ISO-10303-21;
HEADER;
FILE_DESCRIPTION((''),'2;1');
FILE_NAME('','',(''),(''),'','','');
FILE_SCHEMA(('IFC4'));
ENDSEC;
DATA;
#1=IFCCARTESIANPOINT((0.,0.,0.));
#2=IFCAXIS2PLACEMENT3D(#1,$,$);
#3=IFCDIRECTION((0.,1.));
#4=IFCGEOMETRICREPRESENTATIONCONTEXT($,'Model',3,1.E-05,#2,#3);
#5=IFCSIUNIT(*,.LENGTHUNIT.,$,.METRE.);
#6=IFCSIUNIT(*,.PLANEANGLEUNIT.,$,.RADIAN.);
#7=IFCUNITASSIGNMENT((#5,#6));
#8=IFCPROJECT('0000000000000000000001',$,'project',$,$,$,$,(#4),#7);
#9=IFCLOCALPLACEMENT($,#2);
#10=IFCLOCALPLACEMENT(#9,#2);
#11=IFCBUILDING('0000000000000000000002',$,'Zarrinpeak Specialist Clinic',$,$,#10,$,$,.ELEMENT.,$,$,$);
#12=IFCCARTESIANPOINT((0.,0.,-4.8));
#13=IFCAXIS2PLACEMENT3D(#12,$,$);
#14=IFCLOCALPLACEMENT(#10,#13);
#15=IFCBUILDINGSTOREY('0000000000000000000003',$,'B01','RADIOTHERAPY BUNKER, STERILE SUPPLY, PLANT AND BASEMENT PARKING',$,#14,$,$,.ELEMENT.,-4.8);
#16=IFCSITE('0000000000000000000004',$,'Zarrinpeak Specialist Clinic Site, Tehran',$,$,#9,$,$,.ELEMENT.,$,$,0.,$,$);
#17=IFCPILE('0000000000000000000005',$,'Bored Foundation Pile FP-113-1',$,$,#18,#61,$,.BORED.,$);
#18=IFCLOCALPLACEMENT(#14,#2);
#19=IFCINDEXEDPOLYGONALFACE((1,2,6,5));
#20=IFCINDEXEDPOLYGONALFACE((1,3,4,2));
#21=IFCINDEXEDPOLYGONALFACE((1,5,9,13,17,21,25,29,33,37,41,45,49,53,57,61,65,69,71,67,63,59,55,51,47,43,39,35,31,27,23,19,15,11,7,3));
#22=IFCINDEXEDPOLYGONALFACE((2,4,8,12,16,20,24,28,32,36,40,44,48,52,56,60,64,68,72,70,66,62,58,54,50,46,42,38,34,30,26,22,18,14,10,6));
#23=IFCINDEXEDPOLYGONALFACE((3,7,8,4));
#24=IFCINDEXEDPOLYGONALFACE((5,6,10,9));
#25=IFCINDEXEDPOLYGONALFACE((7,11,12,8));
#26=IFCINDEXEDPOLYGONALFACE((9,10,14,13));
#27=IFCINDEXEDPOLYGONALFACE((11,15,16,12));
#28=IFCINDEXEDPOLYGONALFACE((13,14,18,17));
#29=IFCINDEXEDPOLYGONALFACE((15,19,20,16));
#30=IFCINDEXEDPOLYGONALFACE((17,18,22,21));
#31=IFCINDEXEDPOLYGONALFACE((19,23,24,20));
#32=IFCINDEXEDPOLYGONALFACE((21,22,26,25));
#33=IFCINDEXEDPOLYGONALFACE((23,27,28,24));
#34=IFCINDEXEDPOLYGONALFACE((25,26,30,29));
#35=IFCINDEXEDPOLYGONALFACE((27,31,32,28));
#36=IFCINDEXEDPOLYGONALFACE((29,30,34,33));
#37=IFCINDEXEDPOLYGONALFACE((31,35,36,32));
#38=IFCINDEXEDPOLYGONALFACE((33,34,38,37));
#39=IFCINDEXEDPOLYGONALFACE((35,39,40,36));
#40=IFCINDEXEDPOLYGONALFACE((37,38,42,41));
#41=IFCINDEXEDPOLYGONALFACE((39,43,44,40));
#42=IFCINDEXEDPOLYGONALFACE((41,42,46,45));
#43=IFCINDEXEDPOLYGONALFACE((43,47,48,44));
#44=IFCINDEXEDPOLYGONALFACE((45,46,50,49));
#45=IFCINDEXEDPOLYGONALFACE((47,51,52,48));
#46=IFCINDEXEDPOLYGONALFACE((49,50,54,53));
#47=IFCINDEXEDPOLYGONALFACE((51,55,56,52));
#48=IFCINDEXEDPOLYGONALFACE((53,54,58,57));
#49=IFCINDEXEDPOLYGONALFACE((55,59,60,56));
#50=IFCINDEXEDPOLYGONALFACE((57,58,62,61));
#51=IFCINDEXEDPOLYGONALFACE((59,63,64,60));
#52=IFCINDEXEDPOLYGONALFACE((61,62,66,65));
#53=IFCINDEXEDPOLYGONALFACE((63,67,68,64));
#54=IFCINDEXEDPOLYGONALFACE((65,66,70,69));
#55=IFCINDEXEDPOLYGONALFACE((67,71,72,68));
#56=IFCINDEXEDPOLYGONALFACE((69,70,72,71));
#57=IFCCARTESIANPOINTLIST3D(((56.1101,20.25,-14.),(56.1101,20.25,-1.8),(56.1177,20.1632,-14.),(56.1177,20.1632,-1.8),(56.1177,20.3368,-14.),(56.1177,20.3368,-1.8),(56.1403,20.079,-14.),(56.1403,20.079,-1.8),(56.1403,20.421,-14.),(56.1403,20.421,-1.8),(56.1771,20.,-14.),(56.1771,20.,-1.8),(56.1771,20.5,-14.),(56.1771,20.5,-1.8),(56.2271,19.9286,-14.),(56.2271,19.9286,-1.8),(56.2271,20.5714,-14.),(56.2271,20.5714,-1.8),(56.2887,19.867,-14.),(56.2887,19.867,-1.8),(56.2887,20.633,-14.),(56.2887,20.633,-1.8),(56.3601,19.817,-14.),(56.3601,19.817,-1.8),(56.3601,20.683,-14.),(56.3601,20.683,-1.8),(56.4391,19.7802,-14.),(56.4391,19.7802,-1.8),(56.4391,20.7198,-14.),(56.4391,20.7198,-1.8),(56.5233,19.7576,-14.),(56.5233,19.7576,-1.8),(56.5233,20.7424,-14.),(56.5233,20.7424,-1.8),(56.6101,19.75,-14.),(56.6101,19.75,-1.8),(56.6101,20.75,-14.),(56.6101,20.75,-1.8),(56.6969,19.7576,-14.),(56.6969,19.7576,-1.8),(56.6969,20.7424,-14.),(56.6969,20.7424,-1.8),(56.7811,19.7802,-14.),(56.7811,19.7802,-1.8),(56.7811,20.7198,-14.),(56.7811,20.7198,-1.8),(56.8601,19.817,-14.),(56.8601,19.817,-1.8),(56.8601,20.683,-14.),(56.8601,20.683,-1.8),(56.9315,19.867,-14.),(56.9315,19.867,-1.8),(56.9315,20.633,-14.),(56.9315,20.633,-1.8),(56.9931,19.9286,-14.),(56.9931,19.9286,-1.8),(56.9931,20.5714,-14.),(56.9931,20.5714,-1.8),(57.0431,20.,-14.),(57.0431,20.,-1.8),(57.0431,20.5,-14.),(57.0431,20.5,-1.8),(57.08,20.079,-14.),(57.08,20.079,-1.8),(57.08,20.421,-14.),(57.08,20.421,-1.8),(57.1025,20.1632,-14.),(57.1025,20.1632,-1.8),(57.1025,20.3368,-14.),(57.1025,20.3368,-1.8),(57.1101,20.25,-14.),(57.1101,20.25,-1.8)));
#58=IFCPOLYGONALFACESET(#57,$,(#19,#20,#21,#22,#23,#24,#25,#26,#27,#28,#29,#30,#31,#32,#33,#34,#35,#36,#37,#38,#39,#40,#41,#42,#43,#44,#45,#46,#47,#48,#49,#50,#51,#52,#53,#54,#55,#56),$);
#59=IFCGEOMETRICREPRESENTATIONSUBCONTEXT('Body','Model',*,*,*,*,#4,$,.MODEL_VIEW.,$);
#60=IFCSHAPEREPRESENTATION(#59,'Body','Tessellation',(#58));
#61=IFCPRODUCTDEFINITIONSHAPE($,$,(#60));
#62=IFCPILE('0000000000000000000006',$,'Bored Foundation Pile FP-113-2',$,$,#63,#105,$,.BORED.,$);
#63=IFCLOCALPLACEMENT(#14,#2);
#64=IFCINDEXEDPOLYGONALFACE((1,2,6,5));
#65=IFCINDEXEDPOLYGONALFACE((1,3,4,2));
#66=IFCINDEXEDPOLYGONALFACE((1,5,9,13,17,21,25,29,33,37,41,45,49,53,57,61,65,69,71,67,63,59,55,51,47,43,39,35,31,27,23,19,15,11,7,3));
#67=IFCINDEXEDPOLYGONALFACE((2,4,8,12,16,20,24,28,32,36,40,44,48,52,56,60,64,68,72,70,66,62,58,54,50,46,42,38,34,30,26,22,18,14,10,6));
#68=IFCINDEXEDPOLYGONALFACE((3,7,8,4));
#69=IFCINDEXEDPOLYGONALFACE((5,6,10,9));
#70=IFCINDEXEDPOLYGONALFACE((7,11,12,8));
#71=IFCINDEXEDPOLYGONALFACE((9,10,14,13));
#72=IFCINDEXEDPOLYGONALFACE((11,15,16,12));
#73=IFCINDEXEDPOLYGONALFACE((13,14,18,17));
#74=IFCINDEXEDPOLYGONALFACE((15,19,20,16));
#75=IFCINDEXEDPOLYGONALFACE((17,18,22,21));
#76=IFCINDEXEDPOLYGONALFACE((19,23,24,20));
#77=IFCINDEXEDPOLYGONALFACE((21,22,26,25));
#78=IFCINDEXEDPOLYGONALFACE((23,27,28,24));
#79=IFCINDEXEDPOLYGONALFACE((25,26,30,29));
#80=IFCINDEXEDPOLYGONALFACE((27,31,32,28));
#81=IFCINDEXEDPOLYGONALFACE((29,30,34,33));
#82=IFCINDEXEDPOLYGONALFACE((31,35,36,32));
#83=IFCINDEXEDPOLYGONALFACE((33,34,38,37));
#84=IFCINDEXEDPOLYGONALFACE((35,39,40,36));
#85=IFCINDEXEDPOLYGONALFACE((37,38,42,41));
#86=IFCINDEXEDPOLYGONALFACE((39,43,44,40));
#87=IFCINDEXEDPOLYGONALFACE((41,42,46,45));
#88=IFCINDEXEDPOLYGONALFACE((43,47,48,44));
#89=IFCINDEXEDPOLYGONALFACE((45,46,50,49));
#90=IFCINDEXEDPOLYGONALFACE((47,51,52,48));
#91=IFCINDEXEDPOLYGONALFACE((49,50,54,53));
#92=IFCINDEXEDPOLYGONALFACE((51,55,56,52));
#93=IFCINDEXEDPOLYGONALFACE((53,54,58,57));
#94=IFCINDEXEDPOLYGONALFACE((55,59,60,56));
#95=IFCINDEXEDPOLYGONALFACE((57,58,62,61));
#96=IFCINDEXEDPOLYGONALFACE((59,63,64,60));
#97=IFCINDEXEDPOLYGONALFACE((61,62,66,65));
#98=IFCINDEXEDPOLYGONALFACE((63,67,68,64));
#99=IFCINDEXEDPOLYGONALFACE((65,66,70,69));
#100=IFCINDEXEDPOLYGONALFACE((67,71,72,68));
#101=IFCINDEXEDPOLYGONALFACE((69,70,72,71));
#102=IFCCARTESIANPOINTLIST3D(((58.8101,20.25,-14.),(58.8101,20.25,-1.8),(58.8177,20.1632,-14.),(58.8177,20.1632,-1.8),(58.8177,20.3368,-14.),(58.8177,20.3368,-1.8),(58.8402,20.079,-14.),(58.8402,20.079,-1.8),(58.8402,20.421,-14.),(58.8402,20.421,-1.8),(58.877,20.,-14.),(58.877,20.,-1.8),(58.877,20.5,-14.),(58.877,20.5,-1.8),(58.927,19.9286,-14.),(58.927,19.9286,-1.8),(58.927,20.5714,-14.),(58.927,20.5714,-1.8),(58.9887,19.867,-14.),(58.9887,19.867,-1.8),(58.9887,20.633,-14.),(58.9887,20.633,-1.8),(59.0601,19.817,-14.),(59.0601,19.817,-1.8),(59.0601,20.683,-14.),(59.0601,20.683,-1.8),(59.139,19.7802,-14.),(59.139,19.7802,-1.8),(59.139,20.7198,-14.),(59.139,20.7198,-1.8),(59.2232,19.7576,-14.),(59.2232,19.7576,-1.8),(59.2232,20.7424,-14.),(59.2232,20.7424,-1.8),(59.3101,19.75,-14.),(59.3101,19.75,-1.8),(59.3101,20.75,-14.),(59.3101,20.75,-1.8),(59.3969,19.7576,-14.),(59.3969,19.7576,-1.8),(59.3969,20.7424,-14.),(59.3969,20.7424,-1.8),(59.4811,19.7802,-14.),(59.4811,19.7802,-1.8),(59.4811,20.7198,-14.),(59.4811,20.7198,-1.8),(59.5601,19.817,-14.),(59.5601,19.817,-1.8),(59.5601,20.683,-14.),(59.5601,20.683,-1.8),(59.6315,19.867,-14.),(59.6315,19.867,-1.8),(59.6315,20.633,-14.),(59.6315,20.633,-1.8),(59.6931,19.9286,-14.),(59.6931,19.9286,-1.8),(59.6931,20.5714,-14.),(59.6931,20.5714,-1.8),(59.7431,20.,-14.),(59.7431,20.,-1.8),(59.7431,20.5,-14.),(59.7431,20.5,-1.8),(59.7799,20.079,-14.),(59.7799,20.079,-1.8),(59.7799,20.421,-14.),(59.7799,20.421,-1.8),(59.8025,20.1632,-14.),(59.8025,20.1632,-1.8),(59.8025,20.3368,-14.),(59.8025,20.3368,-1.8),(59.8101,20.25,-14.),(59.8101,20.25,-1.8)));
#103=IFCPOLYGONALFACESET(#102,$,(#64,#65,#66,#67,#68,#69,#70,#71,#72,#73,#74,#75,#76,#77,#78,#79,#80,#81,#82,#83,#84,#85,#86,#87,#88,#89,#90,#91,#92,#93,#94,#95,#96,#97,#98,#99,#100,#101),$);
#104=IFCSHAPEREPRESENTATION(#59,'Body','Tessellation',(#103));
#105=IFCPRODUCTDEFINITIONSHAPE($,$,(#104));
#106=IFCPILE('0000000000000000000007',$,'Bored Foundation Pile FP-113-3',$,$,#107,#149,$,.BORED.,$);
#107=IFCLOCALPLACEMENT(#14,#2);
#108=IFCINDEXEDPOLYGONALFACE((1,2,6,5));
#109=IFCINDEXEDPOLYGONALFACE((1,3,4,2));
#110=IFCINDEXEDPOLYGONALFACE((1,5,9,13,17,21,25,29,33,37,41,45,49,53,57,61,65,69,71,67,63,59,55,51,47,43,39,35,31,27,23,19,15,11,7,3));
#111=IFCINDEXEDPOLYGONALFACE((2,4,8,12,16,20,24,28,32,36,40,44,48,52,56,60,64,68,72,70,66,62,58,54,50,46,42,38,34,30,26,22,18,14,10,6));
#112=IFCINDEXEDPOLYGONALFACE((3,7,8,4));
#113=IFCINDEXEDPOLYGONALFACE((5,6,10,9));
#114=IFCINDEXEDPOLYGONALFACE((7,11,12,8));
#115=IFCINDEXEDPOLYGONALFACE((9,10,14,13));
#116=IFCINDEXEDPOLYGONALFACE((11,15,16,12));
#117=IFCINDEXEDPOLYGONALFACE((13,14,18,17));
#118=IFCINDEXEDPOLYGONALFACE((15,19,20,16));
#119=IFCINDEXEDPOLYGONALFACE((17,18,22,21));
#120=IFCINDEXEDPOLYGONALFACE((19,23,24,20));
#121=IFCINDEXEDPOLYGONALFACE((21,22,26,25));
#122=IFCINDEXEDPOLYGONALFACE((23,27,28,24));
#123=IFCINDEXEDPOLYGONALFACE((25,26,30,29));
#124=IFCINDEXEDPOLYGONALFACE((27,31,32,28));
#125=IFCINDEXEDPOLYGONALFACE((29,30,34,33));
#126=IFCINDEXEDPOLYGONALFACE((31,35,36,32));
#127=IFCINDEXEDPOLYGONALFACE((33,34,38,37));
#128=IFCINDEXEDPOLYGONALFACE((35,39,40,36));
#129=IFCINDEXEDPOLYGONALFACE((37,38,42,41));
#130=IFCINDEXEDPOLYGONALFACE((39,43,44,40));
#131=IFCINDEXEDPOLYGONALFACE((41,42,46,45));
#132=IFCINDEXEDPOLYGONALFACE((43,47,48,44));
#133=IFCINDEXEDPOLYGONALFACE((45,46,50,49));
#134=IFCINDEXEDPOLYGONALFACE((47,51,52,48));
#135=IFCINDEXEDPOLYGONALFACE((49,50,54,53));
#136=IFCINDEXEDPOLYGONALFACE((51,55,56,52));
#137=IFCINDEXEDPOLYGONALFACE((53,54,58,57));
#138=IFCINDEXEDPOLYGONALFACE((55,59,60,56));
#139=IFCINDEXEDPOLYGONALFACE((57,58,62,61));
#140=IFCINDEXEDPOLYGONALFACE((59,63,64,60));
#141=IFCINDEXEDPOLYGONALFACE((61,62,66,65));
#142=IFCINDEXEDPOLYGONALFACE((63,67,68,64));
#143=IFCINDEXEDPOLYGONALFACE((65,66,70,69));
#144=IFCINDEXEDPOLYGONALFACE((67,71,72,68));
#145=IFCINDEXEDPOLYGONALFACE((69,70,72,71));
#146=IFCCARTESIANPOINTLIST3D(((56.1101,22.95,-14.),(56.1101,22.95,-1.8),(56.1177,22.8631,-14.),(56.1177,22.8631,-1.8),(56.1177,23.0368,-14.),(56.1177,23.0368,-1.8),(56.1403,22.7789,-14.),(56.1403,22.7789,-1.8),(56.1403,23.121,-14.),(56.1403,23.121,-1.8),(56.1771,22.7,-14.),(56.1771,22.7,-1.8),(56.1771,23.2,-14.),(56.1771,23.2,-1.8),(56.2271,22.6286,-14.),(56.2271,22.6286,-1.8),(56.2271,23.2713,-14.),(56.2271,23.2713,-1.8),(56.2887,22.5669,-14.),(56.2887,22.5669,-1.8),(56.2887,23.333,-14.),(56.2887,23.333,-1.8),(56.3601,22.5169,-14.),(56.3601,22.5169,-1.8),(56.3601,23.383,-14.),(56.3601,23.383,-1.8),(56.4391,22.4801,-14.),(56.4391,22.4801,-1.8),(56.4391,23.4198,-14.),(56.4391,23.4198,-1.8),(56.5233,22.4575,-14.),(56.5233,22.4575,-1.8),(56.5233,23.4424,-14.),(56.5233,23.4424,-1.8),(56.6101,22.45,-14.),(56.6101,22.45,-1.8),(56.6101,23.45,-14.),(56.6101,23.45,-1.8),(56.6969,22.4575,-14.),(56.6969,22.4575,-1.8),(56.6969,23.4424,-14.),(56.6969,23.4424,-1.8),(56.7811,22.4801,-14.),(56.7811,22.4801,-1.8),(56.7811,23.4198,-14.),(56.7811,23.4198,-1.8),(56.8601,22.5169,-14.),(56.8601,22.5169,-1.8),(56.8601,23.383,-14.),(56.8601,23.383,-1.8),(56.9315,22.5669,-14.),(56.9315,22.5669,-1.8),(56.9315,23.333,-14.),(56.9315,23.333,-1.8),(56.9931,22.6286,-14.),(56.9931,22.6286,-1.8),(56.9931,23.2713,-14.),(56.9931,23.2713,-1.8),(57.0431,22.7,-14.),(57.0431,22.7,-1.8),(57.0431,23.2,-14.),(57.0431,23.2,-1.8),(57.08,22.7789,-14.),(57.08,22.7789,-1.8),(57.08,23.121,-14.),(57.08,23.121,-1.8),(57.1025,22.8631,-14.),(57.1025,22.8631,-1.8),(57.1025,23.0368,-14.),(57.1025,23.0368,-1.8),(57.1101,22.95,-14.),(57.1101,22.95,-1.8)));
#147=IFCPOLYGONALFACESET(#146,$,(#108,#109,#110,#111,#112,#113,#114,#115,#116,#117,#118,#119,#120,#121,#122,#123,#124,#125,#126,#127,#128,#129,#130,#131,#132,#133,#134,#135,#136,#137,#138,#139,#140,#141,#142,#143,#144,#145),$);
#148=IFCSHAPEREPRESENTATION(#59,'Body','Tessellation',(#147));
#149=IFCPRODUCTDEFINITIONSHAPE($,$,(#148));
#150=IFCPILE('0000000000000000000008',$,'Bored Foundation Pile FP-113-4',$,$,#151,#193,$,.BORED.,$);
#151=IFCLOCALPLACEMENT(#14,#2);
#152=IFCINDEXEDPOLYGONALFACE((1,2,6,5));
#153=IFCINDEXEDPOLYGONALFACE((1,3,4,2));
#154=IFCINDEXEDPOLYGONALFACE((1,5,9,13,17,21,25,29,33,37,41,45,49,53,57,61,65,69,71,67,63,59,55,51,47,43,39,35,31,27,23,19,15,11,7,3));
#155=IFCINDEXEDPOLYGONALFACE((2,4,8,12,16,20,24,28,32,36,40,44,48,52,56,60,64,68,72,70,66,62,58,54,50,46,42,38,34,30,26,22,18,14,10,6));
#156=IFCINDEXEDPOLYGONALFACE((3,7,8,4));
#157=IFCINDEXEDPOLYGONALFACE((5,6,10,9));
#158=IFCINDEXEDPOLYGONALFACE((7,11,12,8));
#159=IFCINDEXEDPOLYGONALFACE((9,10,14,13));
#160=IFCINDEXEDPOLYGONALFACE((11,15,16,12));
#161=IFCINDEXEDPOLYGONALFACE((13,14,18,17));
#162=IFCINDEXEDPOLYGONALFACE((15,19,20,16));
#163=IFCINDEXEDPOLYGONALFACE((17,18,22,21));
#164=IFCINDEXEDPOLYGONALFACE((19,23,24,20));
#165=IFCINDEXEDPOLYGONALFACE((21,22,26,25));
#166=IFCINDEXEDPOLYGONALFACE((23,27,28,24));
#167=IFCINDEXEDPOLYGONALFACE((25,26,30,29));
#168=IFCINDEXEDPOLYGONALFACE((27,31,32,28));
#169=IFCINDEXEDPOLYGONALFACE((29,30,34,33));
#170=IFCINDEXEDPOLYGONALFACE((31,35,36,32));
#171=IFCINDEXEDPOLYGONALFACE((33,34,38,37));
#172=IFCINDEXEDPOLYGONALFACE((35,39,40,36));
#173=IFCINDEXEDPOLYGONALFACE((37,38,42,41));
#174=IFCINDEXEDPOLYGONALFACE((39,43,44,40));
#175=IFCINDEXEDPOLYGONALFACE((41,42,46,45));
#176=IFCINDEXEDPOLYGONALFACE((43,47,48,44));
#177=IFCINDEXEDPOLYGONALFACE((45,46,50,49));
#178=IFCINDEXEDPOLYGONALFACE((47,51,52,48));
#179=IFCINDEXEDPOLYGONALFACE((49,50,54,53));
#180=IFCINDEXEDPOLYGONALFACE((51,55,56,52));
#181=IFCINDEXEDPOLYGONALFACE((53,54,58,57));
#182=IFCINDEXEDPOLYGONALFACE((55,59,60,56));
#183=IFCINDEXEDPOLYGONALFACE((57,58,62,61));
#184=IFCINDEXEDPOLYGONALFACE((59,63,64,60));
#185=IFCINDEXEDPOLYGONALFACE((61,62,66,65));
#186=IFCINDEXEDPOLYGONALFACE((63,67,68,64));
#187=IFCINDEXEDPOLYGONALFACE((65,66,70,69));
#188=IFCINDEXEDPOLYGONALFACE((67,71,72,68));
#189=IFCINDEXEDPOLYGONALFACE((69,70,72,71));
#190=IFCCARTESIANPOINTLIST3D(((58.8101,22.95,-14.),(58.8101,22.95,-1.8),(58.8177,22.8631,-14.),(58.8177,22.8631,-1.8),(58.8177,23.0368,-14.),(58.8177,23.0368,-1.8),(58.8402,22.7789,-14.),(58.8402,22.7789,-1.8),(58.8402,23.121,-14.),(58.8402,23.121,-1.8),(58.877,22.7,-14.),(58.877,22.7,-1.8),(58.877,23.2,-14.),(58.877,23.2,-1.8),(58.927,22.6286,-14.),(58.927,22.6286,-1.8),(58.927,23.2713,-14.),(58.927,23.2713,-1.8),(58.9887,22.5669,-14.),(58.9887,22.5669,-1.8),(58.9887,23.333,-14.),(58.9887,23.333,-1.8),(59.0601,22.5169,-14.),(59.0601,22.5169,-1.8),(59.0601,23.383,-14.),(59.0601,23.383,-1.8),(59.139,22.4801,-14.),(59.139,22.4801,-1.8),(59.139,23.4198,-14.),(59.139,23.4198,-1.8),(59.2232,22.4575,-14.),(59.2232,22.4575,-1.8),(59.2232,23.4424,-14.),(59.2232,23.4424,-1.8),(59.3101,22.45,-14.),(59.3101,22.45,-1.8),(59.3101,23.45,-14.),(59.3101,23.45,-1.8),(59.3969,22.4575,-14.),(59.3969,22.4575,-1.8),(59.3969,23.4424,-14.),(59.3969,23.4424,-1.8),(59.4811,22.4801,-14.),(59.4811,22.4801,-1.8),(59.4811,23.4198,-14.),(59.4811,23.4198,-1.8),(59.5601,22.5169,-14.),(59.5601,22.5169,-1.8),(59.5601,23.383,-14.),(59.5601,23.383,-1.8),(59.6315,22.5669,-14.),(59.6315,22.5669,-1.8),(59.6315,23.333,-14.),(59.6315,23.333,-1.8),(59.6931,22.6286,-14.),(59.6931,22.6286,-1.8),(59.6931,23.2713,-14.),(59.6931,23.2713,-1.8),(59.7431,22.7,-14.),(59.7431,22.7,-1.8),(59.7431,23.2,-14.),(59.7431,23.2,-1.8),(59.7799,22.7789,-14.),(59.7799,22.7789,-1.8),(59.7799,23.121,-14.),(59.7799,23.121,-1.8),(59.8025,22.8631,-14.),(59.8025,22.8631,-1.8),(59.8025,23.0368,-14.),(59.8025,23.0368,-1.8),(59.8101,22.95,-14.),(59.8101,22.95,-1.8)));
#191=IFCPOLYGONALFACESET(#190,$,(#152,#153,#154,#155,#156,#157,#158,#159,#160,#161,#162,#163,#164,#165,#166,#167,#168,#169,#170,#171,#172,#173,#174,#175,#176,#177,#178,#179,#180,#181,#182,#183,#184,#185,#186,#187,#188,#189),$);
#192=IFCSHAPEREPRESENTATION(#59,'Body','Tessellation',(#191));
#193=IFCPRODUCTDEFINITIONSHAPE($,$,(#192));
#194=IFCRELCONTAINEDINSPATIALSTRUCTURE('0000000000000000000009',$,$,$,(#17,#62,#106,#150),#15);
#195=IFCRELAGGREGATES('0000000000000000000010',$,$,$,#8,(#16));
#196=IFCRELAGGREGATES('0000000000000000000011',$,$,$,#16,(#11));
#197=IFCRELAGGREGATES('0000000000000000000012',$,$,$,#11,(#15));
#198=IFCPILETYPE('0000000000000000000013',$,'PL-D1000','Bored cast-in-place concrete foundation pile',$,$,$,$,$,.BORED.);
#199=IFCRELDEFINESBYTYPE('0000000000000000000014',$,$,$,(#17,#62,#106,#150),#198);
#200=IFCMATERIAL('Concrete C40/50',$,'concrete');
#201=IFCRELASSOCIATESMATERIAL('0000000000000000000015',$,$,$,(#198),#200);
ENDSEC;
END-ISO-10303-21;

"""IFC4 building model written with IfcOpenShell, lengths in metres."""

from ifc_helpers import new_model, si_unit, direction, frame, origin, origin_2d, place, context, subcontext, project, spatial, circle, extrude, material, material_profile, profile_set, type_object, element, save


model = new_model("IFC4")

# Units and contexts
model_context = context("Model", 3, precision=1e-05, world=origin(), true_north=direction((0.0, 1.0)))
body_context = subcontext(model_context, "Body", "Model", "MODEL_VIEW")
ifc_project = project(units=[si_unit("LENGTHUNIT", "METRE"), si_unit("PLANEANGLEUNIT", "RADIAN")], contexts=[model_context])

# Site, building, storey
site_placement = place(None, origin())
site = spatial("IfcSite", under=ifc_project, at=site_placement, Name="Zarrinpeak Specialist Clinic Site, Tehran", CompositionType="ELEMENT", RefElevation=0.0)
building_placement = place(site_placement, origin())
building = spatial("IfcBuilding", under=site, at=building_placement, Name="Zarrinpeak Specialist Clinic", CompositionType="ELEMENT")
storey_placement = place(building_placement, frame((0.0, 0.0, -4.8)))
storey = spatial("IfcBuildingStorey", under=building, at=storey_placement, Name="B01", Description="RADIOTHERAPY BUNKER, STERILE SUPPLY, PLANT AND BASEMENT PARKING", CompositionType="ELEMENT", Elevation=-4.8)

# Shared definitions
ifc_material_1 = material(Name="Concrete C40/50", Category="concrete")

# Piles
ifc_material_profile_1 = material_profile(ifc_material_1, circle(Radius=0.5, at=origin_2d()), Name="BORED PILE D1000")
ifc_profile_set_1 = profile_set([ifc_material_profile_1], Name="Concrete C40/50")
pile_type_1 = type_object("IfcPileType", Name="PL-D1000", Description="Bored cast-in-place concrete foundation pile", PredefinedType="BORED", material=ifc_profile_set_1)
for number, where, z_axis, x_axis, name in (
    (1, (56.6101, 20.25, -1.8), (0.0, 0.0, -1.0), (1.0, 0.0, 0.0), "Bored Foundation Pile FP-113-1"),
    (2, (59.3101, 20.25, -1.8), (0.0, 0.0, -1.0), (1.0, 0.0, 0.0), "Bored Foundation Pile FP-113-2"),
    (3, (56.6101, 22.95, -1.8), (0.0, 0.0, -1.0), (1.0, 0.0, 0.0), "Bored Foundation Pile FP-113-3"),
    (4, (59.3101, 22.95, -1.8), (0.0, 0.0, -1.0), (1.0, 0.0, 0.0), "Bored Foundation Pile FP-113-4"),
):
    element("IfcPile", number, at=place(storey_placement, frame(where, z_axis=z_axis, x_axis=x_axis)), inside=storey, type_object=pile_type_1, Name=name, PredefinedType="BORED", context=body_context, shape_type="SweptSolid", body=[
        extrude(circle(Radius=0.5, at=origin_2d()), origin(), (0.0, 0.0, 1.0), 12.2),
    ])

save(model, "model.ifc")
